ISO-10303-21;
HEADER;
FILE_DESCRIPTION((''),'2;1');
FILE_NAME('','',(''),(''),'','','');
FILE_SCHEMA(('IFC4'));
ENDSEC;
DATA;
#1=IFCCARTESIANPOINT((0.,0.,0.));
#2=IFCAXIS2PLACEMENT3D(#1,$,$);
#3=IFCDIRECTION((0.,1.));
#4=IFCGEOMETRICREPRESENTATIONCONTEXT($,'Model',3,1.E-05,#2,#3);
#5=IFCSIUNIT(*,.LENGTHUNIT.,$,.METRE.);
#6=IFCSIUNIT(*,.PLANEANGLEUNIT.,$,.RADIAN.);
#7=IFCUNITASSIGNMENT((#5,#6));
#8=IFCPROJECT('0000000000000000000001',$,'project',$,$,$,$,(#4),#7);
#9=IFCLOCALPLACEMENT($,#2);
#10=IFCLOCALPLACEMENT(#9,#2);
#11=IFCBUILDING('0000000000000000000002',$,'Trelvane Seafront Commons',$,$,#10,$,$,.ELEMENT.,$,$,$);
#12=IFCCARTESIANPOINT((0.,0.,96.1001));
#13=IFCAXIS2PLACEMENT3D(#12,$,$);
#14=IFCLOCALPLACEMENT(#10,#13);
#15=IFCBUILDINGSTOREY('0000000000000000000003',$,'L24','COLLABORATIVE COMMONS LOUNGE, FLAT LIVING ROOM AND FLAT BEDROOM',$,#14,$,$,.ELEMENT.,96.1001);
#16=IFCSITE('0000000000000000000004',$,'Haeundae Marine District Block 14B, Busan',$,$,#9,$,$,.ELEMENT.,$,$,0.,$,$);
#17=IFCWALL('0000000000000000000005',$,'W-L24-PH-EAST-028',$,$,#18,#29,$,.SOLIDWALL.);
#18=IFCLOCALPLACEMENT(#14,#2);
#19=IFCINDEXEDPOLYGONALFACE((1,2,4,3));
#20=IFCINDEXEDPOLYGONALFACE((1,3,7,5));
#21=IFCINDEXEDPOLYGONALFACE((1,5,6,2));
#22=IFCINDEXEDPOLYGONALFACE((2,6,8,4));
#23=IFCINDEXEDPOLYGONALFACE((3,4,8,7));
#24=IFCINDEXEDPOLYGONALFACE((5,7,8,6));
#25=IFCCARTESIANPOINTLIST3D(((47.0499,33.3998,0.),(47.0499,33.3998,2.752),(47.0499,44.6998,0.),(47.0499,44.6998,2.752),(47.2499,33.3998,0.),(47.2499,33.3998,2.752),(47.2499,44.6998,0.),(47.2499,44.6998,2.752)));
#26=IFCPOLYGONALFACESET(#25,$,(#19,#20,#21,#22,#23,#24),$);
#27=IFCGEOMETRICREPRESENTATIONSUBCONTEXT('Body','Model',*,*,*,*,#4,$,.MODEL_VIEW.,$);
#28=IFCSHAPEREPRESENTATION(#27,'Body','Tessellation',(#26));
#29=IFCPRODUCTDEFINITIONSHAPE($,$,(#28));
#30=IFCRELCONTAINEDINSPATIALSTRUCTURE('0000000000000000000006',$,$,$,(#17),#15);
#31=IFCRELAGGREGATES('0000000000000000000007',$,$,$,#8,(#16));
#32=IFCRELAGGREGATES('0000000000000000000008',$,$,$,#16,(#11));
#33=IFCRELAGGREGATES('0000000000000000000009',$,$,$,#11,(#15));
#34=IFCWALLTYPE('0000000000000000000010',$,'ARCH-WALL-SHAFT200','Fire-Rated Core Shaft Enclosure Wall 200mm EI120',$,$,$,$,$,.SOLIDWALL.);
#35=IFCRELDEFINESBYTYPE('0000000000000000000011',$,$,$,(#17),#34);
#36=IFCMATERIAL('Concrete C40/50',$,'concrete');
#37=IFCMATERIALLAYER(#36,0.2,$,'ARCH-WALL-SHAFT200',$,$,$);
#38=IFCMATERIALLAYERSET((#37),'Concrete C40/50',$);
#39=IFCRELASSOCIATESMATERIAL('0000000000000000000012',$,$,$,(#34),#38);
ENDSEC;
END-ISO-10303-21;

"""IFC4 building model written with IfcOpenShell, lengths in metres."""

from ifc_helpers import new_model, si_unit, direction, frame, frame_2d, origin, place, context, subcontext, project, spatial, rectangle, extrude, material, layer, layer_set, type_object, element, save


model = new_model("IFC4")

# Units and contexts
model_context = context("Model", 3, precision=1e-05, world=origin(), true_north=direction((0.0, 1.0)))
body_context = subcontext(model_context, "Body", "Model", "MODEL_VIEW")
ifc_project = project(units=[si_unit("LENGTHUNIT", "METRE"), si_unit("PLANEANGLEUNIT", "RADIAN")], contexts=[model_context])

# Site, building, storey
site_placement = place(None, origin())
site = spatial("IfcSite", under=ifc_project, at=site_placement, Name="Haeundae Marine District Block 14B, Busan", CompositionType="ELEMENT", RefElevation=0.0)
building_placement = place(site_placement, origin())
building = spatial("IfcBuilding", under=site, at=building_placement, Name="Trelvane Seafront Commons", CompositionType="ELEMENT")
storey_placement = place(building_placement, frame((0.0, 0.0, 96.1001)))
storey = spatial("IfcBuildingStorey", under=building, at=storey_placement, Name="L24", Description="COLLABORATIVE COMMONS LOUNGE, FLAT LIVING ROOM AND FLAT BEDROOM", CompositionType="ELEMENT", Elevation=96.1001)

# Shared definitions
ifc_material_1 = material(Name="Concrete C40/50", Category="concrete")

# Wall
ifc_layer_1 = layer(ifc_material_1, 0.2, Name="ARCH-WALL-SHAFT200")
ifc_layer_set_1 = layer_set([ifc_layer_1], Name="Concrete C40/50")
wall_type_1 = type_object("IfcWallType", Name="ARCH-WALL-SHAFT200", Description="Fire-Rated Core Shaft Enclosure Wall 200mm EI120", PredefinedType="SOLIDWALL", material=ifc_layer_set_1)
wall_1_placement = place(storey_placement, frame((47.1499, 33.3999, 0.0), z_axis=(0.0, 0.0, 1.0), x_axis=(0.0, 1.0, 0.0)))
element("IfcWall", 1, at=wall_1_placement, inside=storey, type_object=wall_type_1, Name="W-L24-PH-EAST-028", PredefinedType="SOLIDWALL", context=body_context, shape_type="SweptSolid", body=[
    extrude(rectangle(XDim=11.3, YDim=0.2, at=frame_2d((5.6499, 0.0))), origin(), (0.0, 0.0, 1.0), 2.752),
])

save(model, "model.ifc")
